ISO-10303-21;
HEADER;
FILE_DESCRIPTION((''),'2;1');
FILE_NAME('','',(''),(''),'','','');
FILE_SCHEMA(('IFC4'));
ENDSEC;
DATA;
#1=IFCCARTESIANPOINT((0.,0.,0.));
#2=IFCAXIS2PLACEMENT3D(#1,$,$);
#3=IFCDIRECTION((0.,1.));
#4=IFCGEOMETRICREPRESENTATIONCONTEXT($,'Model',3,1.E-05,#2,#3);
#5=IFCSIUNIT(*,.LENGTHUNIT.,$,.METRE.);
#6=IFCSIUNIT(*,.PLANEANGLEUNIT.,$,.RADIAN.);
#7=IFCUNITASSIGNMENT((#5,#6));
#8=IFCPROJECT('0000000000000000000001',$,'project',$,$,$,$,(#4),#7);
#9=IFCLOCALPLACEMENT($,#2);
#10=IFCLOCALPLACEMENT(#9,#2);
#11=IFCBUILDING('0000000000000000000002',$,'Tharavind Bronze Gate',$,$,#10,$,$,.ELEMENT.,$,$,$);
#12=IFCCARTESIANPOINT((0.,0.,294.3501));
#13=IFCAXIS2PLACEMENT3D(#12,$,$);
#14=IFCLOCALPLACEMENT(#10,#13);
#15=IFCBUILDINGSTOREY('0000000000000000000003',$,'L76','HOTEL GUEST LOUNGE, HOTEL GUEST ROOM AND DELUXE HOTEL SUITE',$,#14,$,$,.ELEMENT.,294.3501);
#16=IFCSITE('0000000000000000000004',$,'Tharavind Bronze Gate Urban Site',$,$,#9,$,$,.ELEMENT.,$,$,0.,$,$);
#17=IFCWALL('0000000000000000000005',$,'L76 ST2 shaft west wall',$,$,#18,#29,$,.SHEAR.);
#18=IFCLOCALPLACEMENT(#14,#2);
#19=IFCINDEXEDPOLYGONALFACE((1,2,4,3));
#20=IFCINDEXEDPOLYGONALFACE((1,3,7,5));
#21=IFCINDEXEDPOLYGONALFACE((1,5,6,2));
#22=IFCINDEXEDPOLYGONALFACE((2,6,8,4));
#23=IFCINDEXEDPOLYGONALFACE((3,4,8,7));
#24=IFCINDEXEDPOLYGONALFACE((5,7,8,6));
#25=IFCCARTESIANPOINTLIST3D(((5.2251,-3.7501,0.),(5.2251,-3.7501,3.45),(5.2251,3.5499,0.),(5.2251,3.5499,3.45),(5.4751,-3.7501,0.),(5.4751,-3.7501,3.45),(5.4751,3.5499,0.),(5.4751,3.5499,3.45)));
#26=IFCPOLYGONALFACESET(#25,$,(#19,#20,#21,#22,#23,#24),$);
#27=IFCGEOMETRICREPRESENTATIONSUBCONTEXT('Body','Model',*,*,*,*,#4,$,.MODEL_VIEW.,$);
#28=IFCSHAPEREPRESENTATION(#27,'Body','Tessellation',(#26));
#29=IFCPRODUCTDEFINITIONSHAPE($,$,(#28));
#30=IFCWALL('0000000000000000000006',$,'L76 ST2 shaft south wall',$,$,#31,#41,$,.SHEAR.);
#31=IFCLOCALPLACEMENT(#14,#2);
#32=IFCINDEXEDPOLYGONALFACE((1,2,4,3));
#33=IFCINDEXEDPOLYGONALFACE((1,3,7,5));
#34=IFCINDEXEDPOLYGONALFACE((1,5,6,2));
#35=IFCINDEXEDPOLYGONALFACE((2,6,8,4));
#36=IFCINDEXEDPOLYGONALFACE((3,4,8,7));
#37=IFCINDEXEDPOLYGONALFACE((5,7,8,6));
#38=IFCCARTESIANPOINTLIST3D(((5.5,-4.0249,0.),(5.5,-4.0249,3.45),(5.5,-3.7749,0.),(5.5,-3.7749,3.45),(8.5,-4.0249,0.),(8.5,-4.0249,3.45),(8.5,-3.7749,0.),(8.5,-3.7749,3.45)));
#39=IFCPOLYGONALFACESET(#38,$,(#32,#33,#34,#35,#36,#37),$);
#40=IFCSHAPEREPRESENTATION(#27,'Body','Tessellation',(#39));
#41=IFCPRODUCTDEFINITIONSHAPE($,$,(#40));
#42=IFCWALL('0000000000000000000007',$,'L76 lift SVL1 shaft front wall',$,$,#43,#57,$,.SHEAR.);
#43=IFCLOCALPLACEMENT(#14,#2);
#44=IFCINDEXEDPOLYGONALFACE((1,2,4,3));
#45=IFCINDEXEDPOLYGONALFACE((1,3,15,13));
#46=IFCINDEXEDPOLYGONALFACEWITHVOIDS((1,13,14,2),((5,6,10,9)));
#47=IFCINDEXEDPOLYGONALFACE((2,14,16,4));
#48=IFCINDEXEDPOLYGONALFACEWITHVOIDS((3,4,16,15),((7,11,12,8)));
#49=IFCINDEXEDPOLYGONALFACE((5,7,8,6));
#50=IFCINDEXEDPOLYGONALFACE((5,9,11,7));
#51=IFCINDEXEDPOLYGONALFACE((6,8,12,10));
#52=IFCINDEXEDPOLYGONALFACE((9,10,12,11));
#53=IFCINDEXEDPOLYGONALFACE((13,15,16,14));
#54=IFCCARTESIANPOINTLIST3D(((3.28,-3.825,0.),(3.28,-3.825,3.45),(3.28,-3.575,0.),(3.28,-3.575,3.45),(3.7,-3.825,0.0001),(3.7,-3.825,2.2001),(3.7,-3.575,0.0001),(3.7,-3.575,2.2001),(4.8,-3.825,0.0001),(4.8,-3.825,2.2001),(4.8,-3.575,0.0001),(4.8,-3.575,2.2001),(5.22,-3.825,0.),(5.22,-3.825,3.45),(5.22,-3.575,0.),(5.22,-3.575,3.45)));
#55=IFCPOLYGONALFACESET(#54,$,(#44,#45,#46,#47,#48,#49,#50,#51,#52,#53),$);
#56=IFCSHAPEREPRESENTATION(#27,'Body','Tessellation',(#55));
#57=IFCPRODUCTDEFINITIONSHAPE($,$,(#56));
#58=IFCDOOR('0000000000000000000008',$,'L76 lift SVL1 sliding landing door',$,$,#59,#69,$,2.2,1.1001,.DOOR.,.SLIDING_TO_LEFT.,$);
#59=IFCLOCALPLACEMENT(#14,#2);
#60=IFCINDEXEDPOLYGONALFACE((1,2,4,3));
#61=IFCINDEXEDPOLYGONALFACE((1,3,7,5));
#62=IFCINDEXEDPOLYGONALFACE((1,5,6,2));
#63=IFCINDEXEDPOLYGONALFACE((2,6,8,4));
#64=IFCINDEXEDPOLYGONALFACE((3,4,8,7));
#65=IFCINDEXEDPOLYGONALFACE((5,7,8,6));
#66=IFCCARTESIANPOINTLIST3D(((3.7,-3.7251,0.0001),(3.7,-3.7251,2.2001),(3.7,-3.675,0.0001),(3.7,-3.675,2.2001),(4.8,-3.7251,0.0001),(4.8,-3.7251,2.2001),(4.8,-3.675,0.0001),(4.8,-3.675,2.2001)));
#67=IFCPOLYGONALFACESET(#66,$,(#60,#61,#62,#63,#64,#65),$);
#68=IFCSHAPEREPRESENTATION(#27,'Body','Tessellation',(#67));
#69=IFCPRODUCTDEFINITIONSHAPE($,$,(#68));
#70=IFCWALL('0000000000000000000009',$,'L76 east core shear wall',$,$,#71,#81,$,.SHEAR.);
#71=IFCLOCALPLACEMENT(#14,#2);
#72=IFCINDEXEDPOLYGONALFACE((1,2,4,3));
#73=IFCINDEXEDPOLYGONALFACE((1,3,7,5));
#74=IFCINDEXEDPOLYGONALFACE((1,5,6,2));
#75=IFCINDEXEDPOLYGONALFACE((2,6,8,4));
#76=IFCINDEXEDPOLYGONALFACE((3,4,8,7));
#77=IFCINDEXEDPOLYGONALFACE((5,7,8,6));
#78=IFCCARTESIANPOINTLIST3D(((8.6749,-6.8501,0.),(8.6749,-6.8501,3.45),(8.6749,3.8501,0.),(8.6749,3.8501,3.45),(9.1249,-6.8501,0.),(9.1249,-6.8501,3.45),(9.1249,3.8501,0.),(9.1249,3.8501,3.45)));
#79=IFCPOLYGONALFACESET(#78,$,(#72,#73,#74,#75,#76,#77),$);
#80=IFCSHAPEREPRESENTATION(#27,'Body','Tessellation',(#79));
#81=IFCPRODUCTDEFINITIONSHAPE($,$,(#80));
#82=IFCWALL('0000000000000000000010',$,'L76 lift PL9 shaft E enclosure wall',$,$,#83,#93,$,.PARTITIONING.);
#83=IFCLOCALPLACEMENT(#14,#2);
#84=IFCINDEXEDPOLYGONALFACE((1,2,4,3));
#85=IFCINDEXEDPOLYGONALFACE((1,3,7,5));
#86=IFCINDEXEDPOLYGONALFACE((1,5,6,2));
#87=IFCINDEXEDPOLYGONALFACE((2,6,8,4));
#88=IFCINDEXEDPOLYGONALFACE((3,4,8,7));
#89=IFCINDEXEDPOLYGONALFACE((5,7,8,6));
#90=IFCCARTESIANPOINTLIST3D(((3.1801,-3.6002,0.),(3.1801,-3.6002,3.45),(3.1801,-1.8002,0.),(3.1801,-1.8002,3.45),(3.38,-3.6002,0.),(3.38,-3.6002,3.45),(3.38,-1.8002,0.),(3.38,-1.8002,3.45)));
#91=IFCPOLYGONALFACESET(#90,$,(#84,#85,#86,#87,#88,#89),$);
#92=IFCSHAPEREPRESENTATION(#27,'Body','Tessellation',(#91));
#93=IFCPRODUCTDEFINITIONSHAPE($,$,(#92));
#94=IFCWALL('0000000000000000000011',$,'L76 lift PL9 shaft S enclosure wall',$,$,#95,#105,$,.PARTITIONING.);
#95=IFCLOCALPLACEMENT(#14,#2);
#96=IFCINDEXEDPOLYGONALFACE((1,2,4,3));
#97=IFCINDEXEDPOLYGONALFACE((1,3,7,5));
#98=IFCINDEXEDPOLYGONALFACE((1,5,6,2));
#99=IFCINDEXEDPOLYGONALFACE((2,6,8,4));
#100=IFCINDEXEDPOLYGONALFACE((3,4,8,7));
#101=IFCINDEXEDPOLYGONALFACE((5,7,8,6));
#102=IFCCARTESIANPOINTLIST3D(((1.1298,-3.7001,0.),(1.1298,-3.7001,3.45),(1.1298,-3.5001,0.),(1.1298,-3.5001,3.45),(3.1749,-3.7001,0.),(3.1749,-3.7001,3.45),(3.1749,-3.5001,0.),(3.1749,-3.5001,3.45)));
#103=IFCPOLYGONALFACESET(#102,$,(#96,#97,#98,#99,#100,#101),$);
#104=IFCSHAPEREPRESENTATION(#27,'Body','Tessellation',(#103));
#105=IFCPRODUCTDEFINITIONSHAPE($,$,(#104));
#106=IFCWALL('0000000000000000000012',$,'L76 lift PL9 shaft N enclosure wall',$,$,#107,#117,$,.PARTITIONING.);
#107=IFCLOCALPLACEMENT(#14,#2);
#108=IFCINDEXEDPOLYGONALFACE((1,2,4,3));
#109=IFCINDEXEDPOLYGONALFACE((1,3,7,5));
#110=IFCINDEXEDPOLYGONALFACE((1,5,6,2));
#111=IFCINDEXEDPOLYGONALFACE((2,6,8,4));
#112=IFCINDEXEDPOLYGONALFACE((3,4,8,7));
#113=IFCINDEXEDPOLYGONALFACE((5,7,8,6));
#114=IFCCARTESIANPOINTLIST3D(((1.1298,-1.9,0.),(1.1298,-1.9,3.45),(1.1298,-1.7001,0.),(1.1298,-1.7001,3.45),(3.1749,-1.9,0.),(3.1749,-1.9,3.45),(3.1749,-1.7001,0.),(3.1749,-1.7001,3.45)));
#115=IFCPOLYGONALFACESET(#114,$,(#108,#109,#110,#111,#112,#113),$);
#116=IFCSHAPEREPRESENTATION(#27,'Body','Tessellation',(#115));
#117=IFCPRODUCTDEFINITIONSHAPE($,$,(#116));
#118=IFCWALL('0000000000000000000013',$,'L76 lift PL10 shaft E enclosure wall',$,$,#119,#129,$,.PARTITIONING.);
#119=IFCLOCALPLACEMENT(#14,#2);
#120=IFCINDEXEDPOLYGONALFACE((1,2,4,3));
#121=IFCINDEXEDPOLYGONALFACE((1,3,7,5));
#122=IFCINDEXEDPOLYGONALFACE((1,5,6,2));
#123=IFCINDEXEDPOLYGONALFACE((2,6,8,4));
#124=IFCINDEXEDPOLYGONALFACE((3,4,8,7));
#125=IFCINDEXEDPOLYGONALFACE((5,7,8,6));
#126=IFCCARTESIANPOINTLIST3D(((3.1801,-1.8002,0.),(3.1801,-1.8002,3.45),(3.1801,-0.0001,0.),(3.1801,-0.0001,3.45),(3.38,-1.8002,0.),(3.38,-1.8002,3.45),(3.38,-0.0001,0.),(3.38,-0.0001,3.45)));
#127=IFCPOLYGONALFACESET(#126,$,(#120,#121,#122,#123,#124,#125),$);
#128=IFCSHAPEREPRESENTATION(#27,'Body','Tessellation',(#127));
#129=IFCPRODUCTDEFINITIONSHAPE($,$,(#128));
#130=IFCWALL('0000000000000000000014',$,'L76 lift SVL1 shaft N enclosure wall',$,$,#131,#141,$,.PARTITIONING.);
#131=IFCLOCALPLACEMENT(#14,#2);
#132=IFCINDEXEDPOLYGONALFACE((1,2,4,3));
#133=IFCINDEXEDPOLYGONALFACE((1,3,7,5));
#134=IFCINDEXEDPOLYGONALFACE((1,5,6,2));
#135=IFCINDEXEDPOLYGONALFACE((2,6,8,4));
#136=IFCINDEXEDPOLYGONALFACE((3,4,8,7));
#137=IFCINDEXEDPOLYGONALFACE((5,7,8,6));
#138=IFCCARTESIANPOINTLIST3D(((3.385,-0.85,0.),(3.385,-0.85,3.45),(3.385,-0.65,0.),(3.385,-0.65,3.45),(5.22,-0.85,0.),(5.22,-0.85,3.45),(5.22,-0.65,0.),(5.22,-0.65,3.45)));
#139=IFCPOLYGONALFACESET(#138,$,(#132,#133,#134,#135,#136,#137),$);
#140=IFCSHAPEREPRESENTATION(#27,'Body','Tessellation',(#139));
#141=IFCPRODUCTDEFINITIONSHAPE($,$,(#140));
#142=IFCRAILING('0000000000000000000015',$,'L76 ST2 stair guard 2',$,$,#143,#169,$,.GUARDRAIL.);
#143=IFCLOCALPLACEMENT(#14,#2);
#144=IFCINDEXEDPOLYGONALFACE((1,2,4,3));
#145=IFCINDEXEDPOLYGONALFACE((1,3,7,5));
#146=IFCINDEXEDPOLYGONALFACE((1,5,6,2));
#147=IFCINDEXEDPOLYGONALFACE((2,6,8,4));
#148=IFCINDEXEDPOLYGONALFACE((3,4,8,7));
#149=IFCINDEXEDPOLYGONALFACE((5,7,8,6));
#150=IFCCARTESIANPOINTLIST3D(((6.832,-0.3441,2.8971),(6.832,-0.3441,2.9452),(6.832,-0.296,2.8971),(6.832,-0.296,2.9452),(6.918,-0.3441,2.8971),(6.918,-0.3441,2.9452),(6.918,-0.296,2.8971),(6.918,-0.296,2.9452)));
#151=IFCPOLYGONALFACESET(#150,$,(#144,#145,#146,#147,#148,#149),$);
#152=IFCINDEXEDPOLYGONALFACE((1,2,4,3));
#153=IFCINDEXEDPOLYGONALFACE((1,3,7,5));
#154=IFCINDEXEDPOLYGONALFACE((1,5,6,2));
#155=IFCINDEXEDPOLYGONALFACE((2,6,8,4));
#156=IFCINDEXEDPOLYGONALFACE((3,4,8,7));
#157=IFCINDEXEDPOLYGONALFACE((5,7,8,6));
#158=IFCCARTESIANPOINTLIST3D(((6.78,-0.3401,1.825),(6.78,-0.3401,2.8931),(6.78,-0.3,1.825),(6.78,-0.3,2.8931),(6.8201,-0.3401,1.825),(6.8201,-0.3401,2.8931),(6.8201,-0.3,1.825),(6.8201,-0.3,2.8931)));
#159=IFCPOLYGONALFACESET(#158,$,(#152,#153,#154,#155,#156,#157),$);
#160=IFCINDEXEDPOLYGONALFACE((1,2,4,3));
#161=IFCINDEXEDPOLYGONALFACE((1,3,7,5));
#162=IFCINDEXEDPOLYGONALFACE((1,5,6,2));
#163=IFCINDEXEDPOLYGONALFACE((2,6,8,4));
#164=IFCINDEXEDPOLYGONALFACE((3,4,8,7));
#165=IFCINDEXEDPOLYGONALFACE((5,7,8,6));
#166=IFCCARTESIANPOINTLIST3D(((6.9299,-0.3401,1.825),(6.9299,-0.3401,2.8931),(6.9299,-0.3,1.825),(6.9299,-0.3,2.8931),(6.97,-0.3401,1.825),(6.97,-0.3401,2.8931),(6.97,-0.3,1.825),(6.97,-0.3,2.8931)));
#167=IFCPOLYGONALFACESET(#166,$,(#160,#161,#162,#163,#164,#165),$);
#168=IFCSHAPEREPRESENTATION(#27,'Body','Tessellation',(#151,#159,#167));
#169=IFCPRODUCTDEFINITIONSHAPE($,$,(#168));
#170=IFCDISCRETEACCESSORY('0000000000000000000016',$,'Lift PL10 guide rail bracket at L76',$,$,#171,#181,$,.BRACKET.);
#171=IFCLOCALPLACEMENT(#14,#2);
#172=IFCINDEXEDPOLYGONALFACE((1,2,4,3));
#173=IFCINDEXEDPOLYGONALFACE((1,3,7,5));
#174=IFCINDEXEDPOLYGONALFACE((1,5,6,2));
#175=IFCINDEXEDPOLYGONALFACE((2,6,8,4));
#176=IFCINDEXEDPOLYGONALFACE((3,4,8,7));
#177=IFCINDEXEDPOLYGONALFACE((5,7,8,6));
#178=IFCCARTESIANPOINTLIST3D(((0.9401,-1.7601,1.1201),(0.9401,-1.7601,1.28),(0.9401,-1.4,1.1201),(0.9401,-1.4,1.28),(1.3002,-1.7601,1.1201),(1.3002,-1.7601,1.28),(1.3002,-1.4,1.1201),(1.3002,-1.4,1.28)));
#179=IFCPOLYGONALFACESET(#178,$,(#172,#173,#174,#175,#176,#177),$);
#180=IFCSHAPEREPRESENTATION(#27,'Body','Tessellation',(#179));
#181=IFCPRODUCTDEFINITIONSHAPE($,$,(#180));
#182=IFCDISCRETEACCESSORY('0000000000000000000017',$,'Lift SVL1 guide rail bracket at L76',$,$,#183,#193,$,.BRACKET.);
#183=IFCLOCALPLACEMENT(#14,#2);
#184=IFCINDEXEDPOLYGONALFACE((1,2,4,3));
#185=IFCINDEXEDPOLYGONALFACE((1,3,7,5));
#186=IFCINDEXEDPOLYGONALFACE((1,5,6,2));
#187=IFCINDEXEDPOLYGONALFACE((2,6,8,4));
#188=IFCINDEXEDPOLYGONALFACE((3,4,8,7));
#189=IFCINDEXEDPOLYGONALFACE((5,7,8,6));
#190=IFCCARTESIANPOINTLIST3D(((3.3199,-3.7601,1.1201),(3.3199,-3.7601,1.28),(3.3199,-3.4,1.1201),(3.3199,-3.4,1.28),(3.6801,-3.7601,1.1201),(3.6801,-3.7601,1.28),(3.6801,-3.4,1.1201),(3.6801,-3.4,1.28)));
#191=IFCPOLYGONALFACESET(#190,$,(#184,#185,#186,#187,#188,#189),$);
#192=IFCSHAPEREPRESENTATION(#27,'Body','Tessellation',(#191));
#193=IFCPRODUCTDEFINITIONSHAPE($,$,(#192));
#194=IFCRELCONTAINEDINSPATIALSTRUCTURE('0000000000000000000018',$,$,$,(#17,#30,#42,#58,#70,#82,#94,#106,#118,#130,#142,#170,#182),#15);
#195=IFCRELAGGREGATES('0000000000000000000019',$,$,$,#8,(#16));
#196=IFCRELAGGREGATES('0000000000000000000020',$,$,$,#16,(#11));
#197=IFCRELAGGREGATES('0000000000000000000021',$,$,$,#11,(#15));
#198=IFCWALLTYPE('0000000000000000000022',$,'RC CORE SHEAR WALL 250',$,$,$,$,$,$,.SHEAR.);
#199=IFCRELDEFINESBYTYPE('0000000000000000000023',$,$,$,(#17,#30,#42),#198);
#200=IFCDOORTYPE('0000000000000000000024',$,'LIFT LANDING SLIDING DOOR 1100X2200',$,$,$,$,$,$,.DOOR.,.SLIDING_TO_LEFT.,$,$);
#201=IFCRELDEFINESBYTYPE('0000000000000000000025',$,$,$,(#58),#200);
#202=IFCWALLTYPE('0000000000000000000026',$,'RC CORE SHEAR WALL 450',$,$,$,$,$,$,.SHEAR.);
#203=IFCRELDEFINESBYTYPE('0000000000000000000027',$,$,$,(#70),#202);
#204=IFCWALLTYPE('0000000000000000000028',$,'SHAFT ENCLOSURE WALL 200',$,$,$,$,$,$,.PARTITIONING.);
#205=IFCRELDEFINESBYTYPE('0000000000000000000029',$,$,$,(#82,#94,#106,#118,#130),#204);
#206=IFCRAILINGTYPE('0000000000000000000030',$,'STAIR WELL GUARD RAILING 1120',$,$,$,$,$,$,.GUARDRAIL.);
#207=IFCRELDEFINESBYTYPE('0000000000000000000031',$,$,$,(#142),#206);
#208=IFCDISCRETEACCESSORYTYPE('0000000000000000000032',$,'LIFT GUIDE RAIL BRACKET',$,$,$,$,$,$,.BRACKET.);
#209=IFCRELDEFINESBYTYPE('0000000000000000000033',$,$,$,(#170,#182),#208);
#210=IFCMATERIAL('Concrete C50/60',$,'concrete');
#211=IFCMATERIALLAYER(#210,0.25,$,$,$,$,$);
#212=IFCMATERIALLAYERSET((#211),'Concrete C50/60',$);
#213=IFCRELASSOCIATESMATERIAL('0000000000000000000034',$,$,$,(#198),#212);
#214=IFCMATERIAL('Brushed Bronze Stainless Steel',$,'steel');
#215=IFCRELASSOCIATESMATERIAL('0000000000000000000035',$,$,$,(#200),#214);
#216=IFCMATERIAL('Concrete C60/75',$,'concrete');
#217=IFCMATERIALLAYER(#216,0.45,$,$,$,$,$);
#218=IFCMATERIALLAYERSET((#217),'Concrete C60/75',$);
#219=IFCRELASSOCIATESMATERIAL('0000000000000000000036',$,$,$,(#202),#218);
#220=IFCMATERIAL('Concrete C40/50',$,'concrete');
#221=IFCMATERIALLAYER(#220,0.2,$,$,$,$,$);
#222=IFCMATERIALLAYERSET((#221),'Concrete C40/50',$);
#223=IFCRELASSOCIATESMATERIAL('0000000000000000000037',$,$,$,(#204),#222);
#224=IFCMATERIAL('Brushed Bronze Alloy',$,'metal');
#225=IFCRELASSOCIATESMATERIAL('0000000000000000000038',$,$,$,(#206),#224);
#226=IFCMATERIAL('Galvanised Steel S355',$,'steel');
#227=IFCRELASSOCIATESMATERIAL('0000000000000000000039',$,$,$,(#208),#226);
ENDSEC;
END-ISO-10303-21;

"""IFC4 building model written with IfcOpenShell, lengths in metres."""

from ifc_helpers import new_model, si_unit, direction, frame, frame_2d, origin, origin_2d, place, context, subcontext, project, spatial, rectangle, extrude, material, layer, layer_set, type_object, element, fill, save


model = new_model("IFC4")

# Units and contexts
model_context = context("Model", 3, precision=1e-05, world=origin(), true_north=direction((0.0, 1.0)))
body_context = subcontext(model_context, "Body", "Model", "MODEL_VIEW")
ifc_project = project(units=[si_unit("LENGTHUNIT", "METRE"), si_unit("PLANEANGLEUNIT", "RADIAN")], contexts=[model_context])

# Site, building, storey
site_placement = place(None, origin())
site = spatial("IfcSite", under=ifc_project, at=site_placement, Name="Tharavind Bronze Gate Urban Site", CompositionType="ELEMENT", RefElevation=0.0)
building_placement = place(site_placement, origin())
building = spatial("IfcBuilding", under=site, at=building_placement, Name="Tharavind Bronze Gate", CompositionType="ELEMENT")
storey_placement = place(building_placement, frame((0.0, 0.0, 294.3501)))
storey = spatial("IfcBuildingStorey", under=building, at=storey_placement, Name="L76", Description="HOTEL GUEST LOUNGE, HOTEL GUEST ROOM AND DELUXE HOTEL SUITE", CompositionType="ELEMENT", Elevation=294.3501)

# Shared definitions
ifc_material_1 = material(Name="Concrete C50/60", Category="concrete")

# Walls
ifc_layer_1 = layer(ifc_material_1, 0.25)
ifc_layer_set_1 = layer_set([ifc_layer_1], Name="Concrete C50/60")
wall_type_1 = type_object("IfcWallType", Name="RC CORE SHEAR WALL 250", PredefinedType="SHEAR", material=ifc_layer_set_1)
wall_1_placement = place(storey_placement, frame((5.3501, -3.75, 0.0), z_axis=(0.0, 0.0, 1.0), x_axis=(0.0, 1.0, 0.0)))
element("IfcWall", 1, at=wall_1_placement, inside=storey, type_object=wall_type_1, Name="L76 ST2 shaft west wall", PredefinedType="SHEAR", context=body_context, shape_type="SweptSolid", body=[
    extrude(rectangle(XDim=7.3, YDim=0.25, at=frame_2d((3.6499, 0.0))), origin(), (0.0, 0.0, 1.0), 3.45),
])
wall_2_placement = place(storey_placement, frame((5.5, -3.8999, 0.0), z_axis=(0.0, 0.0, 1.0), x_axis=(1.0, 0.0, 0.0)))
element("IfcWall", 2, at=wall_2_placement, inside=storey, type_object=wall_type_1, Name="L76 ST2 shaft south wall", PredefinedType="SHEAR", context=body_context, shape_type="SweptSolid", body=[
    extrude(rectangle(XDim=3.0, YDim=0.25, at=frame_2d((1.5, 0.0))), origin(), (0.0, 0.0, 1.0), 3.45),
])

# Wall, opening, door
wall_3_placement = place(storey_placement, frame((3.28, -3.7, 0.0), z_axis=(0.0, 0.0, 1.0), x_axis=(1.0, 0.0, 0.0)))
wall_3 = element("IfcWall", 3, at=wall_3_placement, inside=storey, type_object=wall_type_1, Name="L76 lift SVL1 shaft front wall", PredefinedType="SHEAR", context=body_context, shape_type="SweptSolid", body=[
    extrude(rectangle(XDim=1.9399, YDim=0.25, at=frame_2d((0.97, 0.0))), origin(), (0.0, 0.0, 1.0), 3.45),
])
opening_1_placement = place(wall_3_placement, frame((0.4199, 0.0, 0.0)))
opening_1 = element("IfcOpeningElement", 4, at=opening_1_placement, cuts=wall_3, PredefinedType="OPENING", context=body_context, shape_type="SweptSolid", body=[
    extrude(rectangle(XDim=1.1001, YDim=2.2, at=frame_2d((0.55, 1.1001))), frame((0.0, 0.135, 0.0), z_axis=(0.0, -1.0, 0.0), x_axis=(1.0, 0.0, 0.0)), (0.0, 0.0, 1.0), 0.27),
])
ifc_material_2 = material(Name="Brushed Bronze Stainless Steel", Category="steel")
door_type_1 = type_object("IfcDoorType", Name="LIFT LANDING SLIDING DOOR 1100X2200", OperationType="SLIDING_TO_LEFT", PredefinedType="DOOR", material=ifc_material_2)
door_1_placement = place(opening_1_placement, origin())
door_1 = element("IfcDoor", 5, at=door_1_placement, inside=storey, type_object=door_type_1, Name="L76 lift SVL1 sliding landing door", OperationType="SLIDING_TO_LEFT", OverallHeight=2.2, OverallWidth=1.1001, PredefinedType="DOOR", context=body_context, shape_type="SweptSolid", body=[
    extrude(rectangle(XDim=1.1001, YDim=2.2, at=frame_2d((0.55, 1.1001))), frame((0.0, 0.0249, 0.0), z_axis=(0.0, -1.0, 0.0), x_axis=(1.0, 0.0, 0.0)), (0.0, 0.0, 1.0), 0.05),
])
fill(opening_1, door_1)

# Walls
ifc_material_3 = material(Name="Concrete C60/75", Category="concrete")
ifc_layer_2 = layer(ifc_material_3, 0.45)
ifc_layer_set_2 = layer_set([ifc_layer_2], Name="Concrete C60/75")
wall_type_2 = type_object("IfcWallType", Name="RC CORE SHEAR WALL 450", PredefinedType="SHEAR", material=ifc_layer_set_2)
wall_4_placement = place(storey_placement, frame((8.8999, -6.8501, 0.0), z_axis=(0.0, 0.0, 1.0), x_axis=(0.0, 1.0, 0.0)))
element("IfcWall", 6, at=wall_4_placement, inside=storey, type_object=wall_type_2, Name="L76 east core shear wall", PredefinedType="SHEAR", context=body_context, shape_type="SweptSolid", body=[
    extrude(rectangle(XDim=10.7002, YDim=0.45, at=frame_2d((5.3501, 0.0))), origin(), (0.0, 0.0, 1.0), 3.45),
])
ifc_material_4 = material(Name="Concrete C40/50", Category="concrete")
ifc_layer_3 = layer(ifc_material_4, 0.2)
ifc_layer_set_3 = layer_set([ifc_layer_3], Name="Concrete C40/50")
wall_type_3 = type_object("IfcWallType", Name="SHAFT ENCLOSURE WALL 200", PredefinedType="PARTITIONING", material=ifc_layer_set_3)
wall_5_placement = place(storey_placement, frame((3.28, -3.6001, 0.0), z_axis=(0.0, 0.0, 1.0), x_axis=(0.0, 1.0, 0.0)))
element("IfcWall", 7, at=wall_5_placement, inside=storey, type_object=wall_type_3, Name="L76 lift PL9 shaft E enclosure wall", PredefinedType="PARTITIONING", context=body_context, shape_type="SweptSolid", body=[
    extrude(rectangle(XDim=1.8, YDim=0.2, at=frame_2d((0.8999, 0.0))), origin(), (0.0, 0.0, 1.0), 3.45),
])
for number, where, z_axis, x_axis, name in (
    (8, (1.1299, -3.6001, 0.0), (0.0, 0.0, 1.0), (1.0, 0.0, 0.0), "L76 lift PL9 shaft S enclosure wall"),
    (9, (1.1299, -1.8, 0.0), (0.0, 0.0, 1.0), (1.0, 0.0, 0.0), "L76 lift PL9 shaft N enclosure wall"),
):
    element("IfcWall", number, at=place(storey_placement, frame(where, z_axis=z_axis, x_axis=x_axis)), inside=storey, type_object=wall_type_3, Name=name, PredefinedType="PARTITIONING", context=body_context, shape_type="SweptSolid", body=[
        extrude(rectangle(XDim=2.0452, YDim=0.2, at=frame_2d((1.0225, 0.0))), origin(), (0.0, 0.0, 1.0), 3.45),
    ])
wall_6_placement = place(storey_placement, frame((3.28, -1.8, 0.0), z_axis=(0.0, 0.0, 1.0), x_axis=(0.0, 1.0, 0.0)))
element("IfcWall", 10, at=wall_6_placement, inside=storey, type_object=wall_type_3, Name="L76 lift PL10 shaft E enclosure wall", PredefinedType="PARTITIONING", context=body_context, shape_type="SweptSolid", body=[
    extrude(rectangle(XDim=1.8, YDim=0.2, at=frame_2d((0.8999, 0.0))), origin(), (0.0, 0.0, 1.0), 3.45),
])
wall_7_placement = place(storey_placement, frame((3.385, -0.75, 0.0), z_axis=(0.0, 0.0, 1.0), x_axis=(1.0, 0.0, 0.0)))
element("IfcWall", 11, at=wall_7_placement, inside=storey, type_object=wall_type_3, Name="L76 lift SVL1 shaft N enclosure wall", PredefinedType="PARTITIONING", context=body_context, shape_type="SweptSolid", body=[
    extrude(rectangle(XDim=1.835, YDim=0.2, at=frame_2d((0.9175, 0.0))), origin(), (0.0, 0.0, 1.0), 3.45),
])

# Railing
ifc_material_5 = material(Name="Brushed Bronze Alloy", Category="metal")
railing_type = type_object("IfcRailingType", Name="STAIR WELL GUARD RAILING 1120", PredefinedType="GUARDRAIL", material=ifc_material_5)
railing_placement = place(storey_placement, frame((6.8, -0.3201, 1.825)))
element("IfcRailing", 12, at=railing_placement, inside=storey, type_object=railing_type, Name="L76 ST2 stair guard 2", PredefinedType="GUARDRAIL", context=body_context, shape_type="SweptSolid", body=[
    extrude(rectangle(XDim=0.0481, YDim=0.0481, at=origin_2d()), frame((0.032, 0.0, 1.0962), z_axis=(1.0, 0.0, 0.0), x_axis=(0.0, 1.0, 0.0)), (0.0, 0.0, 1.0), 0.0859),
    extrude(rectangle(XDim=0.04, YDim=0.04, at=origin_2d()), origin(), (0.0, 0.0, 1.0), 1.0681),
    extrude(rectangle(XDim=0.04, YDim=0.04, at=origin_2d()), frame((0.1499, 0.0, 0.0)), (0.0, 0.0, 1.0), 1.0681),
])

# Discrete accessories
ifc_material_6 = material(Name="Galvanised Steel S355", Category="steel")
discrete_accessory_type = type_object("IfcDiscreteAccessoryType", Name="LIFT GUIDE RAIL BRACKET", PredefinedType="BRACKET", material=ifc_material_6)
for number, where, z_axis, x_axis, name in (
    (13, (1.1201, -1.5801, 1.1201), (0.0, 0.0, 1.0), (1.0, 0.0, 0.0), "Lift PL10 guide rail bracket at L76"),
    (14, (3.5, -3.5801, 1.1201), (0.0, 0.0, 1.0), (1.0, 0.0, 0.0), "Lift SVL1 guide rail bracket at L76"),
):
    element("IfcDiscreteAccessory", number, at=place(storey_placement, frame(where, z_axis=z_axis, x_axis=x_axis)), inside=storey, type_object=discrete_accessory_type, Name=name, PredefinedType="BRACKET", context=body_context, shape_type="SweptSolid", body=[
        extrude(rectangle(XDim=0.3601, YDim=0.3601, at=origin_2d()), origin(), (0.0, 0.0, 1.0), 0.1599),
    ])

save(model, "model.ifc")
